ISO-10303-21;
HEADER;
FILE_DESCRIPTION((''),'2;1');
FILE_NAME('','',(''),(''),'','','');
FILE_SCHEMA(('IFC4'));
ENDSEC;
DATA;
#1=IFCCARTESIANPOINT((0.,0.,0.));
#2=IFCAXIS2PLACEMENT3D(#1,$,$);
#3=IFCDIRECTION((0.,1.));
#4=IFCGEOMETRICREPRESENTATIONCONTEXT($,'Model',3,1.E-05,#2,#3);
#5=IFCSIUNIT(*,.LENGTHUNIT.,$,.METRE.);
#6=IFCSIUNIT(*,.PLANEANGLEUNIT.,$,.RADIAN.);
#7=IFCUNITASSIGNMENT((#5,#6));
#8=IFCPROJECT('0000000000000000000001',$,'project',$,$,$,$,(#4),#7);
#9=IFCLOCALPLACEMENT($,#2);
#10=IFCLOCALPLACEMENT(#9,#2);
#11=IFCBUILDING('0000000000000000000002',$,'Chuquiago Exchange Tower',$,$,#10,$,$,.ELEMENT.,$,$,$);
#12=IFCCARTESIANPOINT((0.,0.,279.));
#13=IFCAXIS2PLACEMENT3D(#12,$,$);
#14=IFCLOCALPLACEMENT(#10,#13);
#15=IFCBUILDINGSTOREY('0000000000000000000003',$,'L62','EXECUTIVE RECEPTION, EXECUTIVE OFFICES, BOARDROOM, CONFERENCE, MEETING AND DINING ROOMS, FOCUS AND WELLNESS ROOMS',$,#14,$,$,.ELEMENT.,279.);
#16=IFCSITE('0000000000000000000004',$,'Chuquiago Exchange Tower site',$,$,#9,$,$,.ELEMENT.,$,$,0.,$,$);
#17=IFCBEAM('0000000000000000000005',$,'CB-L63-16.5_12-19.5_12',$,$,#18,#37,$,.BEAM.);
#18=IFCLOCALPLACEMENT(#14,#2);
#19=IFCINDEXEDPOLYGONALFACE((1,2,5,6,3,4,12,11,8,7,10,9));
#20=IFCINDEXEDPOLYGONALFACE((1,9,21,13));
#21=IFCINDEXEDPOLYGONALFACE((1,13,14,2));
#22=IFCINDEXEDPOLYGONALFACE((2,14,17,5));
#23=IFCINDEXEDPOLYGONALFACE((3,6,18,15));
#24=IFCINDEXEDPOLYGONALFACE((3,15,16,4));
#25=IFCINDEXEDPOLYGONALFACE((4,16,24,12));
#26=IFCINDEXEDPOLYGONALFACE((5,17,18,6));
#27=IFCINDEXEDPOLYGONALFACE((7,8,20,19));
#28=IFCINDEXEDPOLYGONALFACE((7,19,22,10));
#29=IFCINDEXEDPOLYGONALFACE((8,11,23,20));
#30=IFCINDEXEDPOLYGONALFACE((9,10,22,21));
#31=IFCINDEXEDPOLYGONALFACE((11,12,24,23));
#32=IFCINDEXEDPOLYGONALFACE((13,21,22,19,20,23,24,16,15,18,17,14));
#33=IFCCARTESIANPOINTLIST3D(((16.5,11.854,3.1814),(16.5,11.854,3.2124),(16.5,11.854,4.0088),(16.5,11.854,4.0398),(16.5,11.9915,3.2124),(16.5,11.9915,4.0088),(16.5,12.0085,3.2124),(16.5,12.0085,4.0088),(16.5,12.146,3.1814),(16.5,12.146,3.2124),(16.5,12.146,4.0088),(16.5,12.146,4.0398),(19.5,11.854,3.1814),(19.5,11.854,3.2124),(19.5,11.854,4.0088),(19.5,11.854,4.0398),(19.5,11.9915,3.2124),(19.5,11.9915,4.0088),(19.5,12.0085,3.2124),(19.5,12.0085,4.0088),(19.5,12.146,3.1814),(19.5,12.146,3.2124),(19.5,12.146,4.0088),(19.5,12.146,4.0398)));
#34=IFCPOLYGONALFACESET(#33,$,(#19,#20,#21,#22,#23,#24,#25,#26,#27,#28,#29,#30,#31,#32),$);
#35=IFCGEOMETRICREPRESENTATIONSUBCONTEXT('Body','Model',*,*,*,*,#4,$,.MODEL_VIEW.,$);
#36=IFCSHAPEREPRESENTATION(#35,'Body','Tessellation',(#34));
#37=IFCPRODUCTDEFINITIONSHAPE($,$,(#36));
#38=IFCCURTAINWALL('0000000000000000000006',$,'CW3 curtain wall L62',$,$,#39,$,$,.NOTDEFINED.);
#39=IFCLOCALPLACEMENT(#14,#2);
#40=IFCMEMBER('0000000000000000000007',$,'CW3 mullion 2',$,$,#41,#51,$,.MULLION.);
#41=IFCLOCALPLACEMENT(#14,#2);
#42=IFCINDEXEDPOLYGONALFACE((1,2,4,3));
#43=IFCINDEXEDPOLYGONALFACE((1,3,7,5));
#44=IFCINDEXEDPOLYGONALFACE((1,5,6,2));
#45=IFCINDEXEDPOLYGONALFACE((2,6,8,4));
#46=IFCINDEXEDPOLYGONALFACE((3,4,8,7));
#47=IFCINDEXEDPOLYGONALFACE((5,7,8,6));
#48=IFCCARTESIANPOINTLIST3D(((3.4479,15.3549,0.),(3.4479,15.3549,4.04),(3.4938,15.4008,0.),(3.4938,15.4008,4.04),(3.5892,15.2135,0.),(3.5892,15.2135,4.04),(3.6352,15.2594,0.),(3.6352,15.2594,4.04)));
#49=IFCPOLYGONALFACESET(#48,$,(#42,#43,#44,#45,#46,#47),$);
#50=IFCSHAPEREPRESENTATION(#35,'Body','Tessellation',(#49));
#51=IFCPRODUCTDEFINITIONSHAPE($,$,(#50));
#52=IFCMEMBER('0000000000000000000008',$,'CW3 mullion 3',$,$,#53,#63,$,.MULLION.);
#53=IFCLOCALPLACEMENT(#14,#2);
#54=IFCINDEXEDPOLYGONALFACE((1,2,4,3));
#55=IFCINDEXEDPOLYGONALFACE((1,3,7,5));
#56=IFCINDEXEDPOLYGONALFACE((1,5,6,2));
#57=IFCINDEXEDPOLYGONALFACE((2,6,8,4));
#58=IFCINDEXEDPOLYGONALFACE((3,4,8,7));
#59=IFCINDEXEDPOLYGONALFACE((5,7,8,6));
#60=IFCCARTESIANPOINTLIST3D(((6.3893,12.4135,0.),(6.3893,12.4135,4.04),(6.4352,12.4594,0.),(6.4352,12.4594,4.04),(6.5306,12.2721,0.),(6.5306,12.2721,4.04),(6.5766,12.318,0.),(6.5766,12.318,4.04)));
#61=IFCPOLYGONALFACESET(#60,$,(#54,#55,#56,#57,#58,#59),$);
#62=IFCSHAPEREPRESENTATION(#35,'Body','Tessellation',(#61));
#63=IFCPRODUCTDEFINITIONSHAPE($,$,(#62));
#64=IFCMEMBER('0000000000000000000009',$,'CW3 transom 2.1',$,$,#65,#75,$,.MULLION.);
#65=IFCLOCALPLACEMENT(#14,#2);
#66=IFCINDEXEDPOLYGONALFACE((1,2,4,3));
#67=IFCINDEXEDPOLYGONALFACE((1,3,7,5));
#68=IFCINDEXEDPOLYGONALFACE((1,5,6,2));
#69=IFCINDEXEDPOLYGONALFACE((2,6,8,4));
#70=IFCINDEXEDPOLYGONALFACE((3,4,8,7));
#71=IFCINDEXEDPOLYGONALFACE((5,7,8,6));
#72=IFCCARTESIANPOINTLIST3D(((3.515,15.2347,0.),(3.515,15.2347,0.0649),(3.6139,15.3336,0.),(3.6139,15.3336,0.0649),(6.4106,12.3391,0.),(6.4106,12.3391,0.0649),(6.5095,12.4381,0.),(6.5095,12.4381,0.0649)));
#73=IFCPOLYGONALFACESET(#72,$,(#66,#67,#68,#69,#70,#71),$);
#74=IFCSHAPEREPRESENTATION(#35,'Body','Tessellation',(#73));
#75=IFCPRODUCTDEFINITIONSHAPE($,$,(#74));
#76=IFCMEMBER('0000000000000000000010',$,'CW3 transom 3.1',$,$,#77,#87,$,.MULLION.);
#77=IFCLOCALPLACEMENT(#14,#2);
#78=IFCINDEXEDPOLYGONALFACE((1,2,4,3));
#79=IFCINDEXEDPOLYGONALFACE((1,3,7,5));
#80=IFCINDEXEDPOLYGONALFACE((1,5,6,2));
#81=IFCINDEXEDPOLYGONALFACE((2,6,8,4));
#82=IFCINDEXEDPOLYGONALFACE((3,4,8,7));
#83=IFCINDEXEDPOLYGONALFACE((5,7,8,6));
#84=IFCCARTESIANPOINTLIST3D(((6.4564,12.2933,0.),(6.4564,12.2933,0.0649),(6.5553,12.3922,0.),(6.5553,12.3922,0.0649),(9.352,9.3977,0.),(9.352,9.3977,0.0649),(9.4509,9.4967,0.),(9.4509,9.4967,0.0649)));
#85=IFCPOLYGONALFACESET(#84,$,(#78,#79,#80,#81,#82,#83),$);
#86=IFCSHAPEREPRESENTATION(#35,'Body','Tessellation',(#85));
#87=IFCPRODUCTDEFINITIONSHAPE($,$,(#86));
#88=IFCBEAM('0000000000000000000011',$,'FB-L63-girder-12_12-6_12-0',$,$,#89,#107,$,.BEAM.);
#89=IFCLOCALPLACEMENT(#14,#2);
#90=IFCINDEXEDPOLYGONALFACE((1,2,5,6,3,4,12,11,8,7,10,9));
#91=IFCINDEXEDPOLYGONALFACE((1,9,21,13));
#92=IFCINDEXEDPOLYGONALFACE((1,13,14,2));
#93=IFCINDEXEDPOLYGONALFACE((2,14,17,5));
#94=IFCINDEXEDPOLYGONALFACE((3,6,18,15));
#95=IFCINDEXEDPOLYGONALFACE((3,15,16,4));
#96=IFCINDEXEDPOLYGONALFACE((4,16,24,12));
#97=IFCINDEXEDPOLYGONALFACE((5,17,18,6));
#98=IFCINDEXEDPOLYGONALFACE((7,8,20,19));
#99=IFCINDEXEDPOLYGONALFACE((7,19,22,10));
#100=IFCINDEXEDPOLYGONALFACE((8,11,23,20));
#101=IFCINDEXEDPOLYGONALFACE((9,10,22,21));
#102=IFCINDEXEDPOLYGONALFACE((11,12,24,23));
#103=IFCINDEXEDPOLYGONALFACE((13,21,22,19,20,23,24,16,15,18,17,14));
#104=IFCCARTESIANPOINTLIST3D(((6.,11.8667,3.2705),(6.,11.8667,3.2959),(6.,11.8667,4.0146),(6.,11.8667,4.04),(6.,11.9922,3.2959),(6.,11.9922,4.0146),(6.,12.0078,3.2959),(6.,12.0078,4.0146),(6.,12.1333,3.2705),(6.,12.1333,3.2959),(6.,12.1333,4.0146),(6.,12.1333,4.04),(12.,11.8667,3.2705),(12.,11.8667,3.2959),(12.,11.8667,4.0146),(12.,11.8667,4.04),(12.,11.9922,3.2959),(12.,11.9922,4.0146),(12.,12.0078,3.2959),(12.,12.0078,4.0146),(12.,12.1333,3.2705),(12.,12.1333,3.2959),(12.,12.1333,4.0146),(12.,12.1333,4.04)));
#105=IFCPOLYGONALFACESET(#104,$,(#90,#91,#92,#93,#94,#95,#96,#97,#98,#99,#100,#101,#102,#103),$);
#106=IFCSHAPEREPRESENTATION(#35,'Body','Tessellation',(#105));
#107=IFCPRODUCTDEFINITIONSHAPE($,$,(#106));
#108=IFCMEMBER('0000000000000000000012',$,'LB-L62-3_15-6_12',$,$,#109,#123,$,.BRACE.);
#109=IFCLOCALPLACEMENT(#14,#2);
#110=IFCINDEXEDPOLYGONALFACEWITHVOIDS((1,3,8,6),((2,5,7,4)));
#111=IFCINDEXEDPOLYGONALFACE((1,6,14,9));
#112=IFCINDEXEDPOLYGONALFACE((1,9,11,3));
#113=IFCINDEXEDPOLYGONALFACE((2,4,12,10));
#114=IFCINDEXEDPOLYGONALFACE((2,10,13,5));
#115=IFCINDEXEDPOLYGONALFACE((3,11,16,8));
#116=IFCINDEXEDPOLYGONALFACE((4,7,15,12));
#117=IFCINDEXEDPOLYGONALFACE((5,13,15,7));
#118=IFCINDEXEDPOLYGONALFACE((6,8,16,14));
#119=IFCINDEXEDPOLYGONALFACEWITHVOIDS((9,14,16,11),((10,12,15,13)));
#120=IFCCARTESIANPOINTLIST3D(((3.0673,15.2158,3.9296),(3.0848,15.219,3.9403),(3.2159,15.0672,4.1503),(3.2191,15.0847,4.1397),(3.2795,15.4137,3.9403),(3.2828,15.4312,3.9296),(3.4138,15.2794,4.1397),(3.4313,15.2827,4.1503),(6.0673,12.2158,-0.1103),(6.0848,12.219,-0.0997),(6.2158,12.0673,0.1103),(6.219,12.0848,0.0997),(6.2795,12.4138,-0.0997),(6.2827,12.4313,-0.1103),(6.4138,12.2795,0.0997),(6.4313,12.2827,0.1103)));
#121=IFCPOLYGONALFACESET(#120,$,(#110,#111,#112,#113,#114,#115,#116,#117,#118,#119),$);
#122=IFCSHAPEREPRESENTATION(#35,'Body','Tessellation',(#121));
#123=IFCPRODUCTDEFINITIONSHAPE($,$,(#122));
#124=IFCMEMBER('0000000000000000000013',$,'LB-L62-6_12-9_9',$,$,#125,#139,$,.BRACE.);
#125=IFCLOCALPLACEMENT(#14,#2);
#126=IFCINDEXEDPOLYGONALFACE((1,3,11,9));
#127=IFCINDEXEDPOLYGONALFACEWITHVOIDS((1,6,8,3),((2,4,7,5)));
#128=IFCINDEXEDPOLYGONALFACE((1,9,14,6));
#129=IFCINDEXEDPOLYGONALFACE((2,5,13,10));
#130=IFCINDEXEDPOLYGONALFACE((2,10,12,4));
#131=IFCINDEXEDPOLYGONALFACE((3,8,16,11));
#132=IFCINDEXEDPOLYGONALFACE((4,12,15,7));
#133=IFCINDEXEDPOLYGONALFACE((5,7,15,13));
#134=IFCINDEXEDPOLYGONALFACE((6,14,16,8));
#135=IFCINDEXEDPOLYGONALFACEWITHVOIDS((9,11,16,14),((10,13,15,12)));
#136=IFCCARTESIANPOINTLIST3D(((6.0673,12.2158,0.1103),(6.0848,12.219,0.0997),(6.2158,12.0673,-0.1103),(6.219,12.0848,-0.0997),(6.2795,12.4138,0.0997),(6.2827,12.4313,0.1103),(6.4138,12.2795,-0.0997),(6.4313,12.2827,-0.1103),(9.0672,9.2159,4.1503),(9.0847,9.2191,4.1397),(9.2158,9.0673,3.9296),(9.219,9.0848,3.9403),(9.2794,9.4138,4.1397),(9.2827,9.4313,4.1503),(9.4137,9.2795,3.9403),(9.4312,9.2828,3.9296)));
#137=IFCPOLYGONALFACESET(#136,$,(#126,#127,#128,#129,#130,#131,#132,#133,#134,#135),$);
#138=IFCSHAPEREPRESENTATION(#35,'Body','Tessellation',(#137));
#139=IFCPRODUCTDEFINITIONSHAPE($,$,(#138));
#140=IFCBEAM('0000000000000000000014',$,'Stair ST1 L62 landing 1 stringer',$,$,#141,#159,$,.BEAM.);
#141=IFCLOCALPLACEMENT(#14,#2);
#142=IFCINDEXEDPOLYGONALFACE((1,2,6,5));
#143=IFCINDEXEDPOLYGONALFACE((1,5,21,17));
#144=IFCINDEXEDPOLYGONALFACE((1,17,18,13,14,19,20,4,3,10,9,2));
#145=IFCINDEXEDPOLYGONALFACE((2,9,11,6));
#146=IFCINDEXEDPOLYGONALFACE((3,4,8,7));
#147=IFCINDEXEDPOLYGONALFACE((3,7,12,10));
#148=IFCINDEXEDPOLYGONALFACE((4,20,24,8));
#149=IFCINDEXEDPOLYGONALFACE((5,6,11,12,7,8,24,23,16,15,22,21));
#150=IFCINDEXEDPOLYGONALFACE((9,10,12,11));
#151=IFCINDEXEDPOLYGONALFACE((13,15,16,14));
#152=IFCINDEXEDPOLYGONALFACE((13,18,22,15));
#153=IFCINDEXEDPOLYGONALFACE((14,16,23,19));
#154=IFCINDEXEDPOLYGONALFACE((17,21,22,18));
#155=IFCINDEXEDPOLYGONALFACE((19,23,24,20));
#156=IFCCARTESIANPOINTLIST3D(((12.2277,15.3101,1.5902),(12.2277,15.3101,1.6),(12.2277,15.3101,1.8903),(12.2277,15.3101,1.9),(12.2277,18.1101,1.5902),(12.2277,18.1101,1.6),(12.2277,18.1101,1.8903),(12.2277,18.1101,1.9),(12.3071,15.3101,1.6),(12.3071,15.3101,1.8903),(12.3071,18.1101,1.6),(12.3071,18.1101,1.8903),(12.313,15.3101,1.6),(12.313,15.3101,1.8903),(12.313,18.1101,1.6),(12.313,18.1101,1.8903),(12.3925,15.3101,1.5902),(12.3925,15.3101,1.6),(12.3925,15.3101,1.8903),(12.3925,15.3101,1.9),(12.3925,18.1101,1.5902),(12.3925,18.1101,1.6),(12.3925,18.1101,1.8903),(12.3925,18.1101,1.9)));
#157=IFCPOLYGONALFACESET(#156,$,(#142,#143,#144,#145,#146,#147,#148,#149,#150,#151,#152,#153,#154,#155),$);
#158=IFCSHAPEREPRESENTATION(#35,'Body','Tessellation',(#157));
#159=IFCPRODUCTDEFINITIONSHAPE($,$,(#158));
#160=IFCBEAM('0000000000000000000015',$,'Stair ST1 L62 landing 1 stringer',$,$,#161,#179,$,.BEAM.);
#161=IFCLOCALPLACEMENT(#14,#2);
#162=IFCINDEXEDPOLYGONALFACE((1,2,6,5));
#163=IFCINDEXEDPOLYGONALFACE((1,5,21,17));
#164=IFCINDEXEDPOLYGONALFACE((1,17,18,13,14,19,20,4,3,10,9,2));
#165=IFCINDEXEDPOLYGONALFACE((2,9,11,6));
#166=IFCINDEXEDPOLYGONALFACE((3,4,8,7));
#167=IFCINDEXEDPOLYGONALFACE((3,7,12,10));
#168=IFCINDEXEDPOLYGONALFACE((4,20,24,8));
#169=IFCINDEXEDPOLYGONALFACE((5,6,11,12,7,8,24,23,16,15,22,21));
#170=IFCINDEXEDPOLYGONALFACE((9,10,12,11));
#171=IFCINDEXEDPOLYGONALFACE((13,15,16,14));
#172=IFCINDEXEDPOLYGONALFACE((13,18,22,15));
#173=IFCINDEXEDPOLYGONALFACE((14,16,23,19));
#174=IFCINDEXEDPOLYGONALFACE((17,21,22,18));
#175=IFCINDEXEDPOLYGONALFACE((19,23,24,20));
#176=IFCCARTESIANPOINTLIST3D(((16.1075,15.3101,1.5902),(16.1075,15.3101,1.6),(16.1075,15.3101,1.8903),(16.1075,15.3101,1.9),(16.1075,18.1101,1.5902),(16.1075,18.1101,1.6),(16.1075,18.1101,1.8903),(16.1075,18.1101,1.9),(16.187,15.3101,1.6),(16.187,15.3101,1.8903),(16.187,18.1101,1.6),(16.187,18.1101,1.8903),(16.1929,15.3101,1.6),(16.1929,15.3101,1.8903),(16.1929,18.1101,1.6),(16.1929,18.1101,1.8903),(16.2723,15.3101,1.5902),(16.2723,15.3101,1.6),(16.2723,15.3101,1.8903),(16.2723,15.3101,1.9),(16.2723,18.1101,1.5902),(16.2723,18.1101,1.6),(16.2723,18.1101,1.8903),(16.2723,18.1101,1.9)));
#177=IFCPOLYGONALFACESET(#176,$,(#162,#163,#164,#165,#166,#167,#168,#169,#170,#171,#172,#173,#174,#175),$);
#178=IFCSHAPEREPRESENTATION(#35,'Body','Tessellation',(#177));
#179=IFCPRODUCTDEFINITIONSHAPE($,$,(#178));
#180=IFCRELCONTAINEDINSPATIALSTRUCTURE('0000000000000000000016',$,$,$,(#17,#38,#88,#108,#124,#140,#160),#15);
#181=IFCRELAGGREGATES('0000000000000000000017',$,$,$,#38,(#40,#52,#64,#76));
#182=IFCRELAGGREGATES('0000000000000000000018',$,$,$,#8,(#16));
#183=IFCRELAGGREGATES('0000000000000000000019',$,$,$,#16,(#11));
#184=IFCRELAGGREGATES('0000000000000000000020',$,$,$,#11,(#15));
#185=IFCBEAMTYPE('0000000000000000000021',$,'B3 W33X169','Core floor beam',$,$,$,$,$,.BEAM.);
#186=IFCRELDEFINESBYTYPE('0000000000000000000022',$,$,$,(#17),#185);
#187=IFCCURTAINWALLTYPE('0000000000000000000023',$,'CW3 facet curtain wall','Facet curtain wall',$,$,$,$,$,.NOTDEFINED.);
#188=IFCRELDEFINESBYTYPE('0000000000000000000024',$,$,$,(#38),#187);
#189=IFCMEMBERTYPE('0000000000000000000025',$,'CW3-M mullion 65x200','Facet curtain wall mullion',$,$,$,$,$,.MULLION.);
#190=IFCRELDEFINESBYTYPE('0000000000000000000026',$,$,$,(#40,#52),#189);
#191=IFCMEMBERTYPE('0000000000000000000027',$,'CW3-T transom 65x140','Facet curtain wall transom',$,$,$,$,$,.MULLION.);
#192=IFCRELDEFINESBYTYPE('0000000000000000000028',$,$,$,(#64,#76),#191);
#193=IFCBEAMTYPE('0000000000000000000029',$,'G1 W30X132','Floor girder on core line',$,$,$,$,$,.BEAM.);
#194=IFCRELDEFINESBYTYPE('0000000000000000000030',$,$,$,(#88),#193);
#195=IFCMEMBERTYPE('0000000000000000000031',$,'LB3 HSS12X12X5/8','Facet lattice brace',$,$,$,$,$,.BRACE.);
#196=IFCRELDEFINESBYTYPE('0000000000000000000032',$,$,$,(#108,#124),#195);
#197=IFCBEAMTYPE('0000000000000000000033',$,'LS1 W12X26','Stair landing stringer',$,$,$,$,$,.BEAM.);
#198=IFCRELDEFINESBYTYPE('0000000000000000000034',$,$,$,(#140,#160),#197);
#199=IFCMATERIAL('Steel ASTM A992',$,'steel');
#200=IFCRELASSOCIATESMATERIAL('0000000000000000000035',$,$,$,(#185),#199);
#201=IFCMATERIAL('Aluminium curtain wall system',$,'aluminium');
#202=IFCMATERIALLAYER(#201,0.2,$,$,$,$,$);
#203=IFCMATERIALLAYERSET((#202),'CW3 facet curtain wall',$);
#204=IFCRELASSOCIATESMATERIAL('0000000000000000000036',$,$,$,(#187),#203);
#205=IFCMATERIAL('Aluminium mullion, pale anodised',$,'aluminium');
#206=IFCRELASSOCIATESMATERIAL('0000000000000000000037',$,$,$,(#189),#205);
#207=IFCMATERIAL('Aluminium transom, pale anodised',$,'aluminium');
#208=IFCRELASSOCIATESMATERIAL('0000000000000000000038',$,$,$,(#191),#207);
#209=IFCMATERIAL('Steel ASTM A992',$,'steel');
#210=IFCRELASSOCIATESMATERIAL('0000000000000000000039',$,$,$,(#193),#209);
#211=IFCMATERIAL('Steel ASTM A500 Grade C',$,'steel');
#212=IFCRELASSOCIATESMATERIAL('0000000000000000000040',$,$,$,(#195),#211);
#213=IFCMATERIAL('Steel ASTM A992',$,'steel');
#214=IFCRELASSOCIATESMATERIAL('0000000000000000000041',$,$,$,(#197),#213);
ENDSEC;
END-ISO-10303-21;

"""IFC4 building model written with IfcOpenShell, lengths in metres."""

from ifc_helpers import new_model, si_unit, direction, frame, origin, origin_2d, place, context, subcontext, project, spatial, rectangle, hollow_rectangle, i_section, extrude, material, layer, layer_set, material_profile, profile_set, type_object, element, aggregate, save


model = new_model("IFC4")

# Units and contexts
model_context = context("Model", 3, precision=1e-05, world=origin(), true_north=direction((0.0, 1.0)))
body_context = subcontext(model_context, "Body", "Model", "MODEL_VIEW")
ifc_project = project(units=[si_unit("LENGTHUNIT", "METRE"), si_unit("PLANEANGLEUNIT", "RADIAN")], contexts=[model_context])

# Site, building, storey
site_placement = place(None, origin())
site = spatial("IfcSite", under=ifc_project, at=site_placement, Name="Chuquiago Exchange Tower site", CompositionType="ELEMENT", RefElevation=0.0)
building_placement = place(site_placement, origin())
building = spatial("IfcBuilding", under=site, at=building_placement, Name="Chuquiago Exchange Tower", CompositionType="ELEMENT")
storey_placement = place(building_placement, frame((0.0, 0.0, 279.0)))
storey = spatial("IfcBuildingStorey", under=building, at=storey_placement, Name="L62", Description="EXECUTIVE RECEPTION, EXECUTIVE OFFICES, BOARDROOM, CONFERENCE, MEETING AND DINING ROOMS, FOCUS AND WELLNESS ROOMS", CompositionType="ELEMENT", Elevation=279.0)

# Beam
ifc_material_1 = material(Name="Steel ASTM A992", Category="steel")
ifc_material_profile_1 = material_profile(ifc_material_1, i_section(OverallWidth=0.292, OverallDepth=0.8584, WebThickness=0.0171, FlangeThickness=0.031, at=origin_2d()), Name="W33X169")
ifc_profile_set_1 = profile_set([ifc_material_profile_1], Name="Steel ASTM A992")
beam_type_1 = type_object("IfcBeamType", Name="B3 W33X169", Description="Core floor beam", PredefinedType="BEAM", material=ifc_profile_set_1)
beam_1_placement = place(storey_placement, frame((16.5, 12.0, 3.6106), z_axis=(1.0, 0.0, 0.0), x_axis=(0.0, 1.0, 0.0)))
element("IfcBeam", 1, at=beam_1_placement, inside=storey, type_object=beam_type_1, Name="CB-L63-16.5_12-19.5_12", PredefinedType="BEAM", context=body_context, shape_type="SweptSolid", body=[
    extrude(i_section(OverallWidth=0.292, OverallDepth=0.8584, WebThickness=0.0171, FlangeThickness=0.031, at=origin_2d()), origin(), (0.0, 0.0, 1.0), 3.0),
])

# Curtain wall, members
ifc_material_2 = material(Name="Aluminium curtain wall system", Category="aluminium")
ifc_layer_1 = layer(ifc_material_2, 0.2)
ifc_layer_set_1 = layer_set([ifc_layer_1], Name="CW3 facet curtain wall")
curtain_wall_type = type_object("IfcCurtainWallType", Name="CW3 facet curtain wall", Description="Facet curtain wall", PredefinedType="NOTDEFINED", material=ifc_layer_set_1)
curtain_wall_placement = place(storey_placement, origin())
curtain_wall = element("IfcCurtainWall", 2, at=curtain_wall_placement, inside=storey, type_object=curtain_wall_type, Name="CW3 curtain wall L62", PredefinedType="NOTDEFINED")
ifc_material_3 = material(Name="Aluminium mullion, pale anodised", Category="aluminium")
ifc_material_profile_2 = material_profile(ifc_material_3, rectangle(XDim=0.0649, YDim=0.2, at=origin_2d()), Name="AL 65x200")
ifc_profile_set_2 = profile_set([ifc_material_profile_2], Name="Aluminium mullion, pale anodised")
member_type_1 = type_object("IfcMemberType", Name="CW3-M mullion 65x200", Description="Facet curtain wall mullion", PredefinedType="MULLION", material=ifc_profile_set_2)
member_1_placement = place(storey_placement, frame((3.5415, 15.3071, 0.0), z_axis=(0.0, 0.0, 1.0), x_axis=(0.707107, 0.707107, 0.0)))
member_1 = element("IfcMember", 3, at=member_1_placement, type_object=member_type_1, Name="CW3 mullion 2", PredefinedType="MULLION", context=body_context, shape_type="SweptSolid", body=[
    extrude(rectangle(XDim=0.0649, YDim=0.2, at=origin_2d()), origin(), (0.0, 0.0, 1.0), 4.04),
])
member_2_placement = place(storey_placement, frame((6.4829, 12.3657, 0.0), z_axis=(0.0, 0.0, 1.0), x_axis=(0.707107, 0.707107, 0.0)))
member_2 = element("IfcMember", 4, at=member_2_placement, type_object=member_type_1, Name="CW3 mullion 3", PredefinedType="MULLION", context=body_context, shape_type="SweptSolid", body=[
    extrude(rectangle(XDim=0.0649, YDim=0.2, at=origin_2d()), origin(), (0.0, 0.0, 1.0), 4.04),
])
ifc_material_4 = material(Name="Aluminium transom, pale anodised", Category="aluminium")
ifc_material_profile_3 = material_profile(ifc_material_4, rectangle(XDim=0.1399, YDim=0.0649, at=origin_2d()), Name="AL 140x65")
ifc_profile_set_3 = profile_set([ifc_material_profile_3], Name="Aluminium transom, pale anodised")
member_type_2 = type_object("IfcMemberType", Name="CW3-T transom 65x140", Description="Facet curtain wall transom", PredefinedType="MULLION", material=ifc_profile_set_3)
member_3_placement = place(storey_placement, frame((3.5645, 15.2842, 0.0325), z_axis=(0.707107, -0.707107, 0.0), x_axis=(0.707107, 0.707107, 0.0)))
member_3 = element("IfcMember", 5, at=member_3_placement, type_object=member_type_2, Name="CW3 transom 2.1", PredefinedType="MULLION", context=body_context, shape_type="SweptSolid", body=[
    extrude(rectangle(XDim=0.1399, YDim=0.0649, at=origin_2d()), origin(), (0.0, 0.0, 1.0), 4.095),
])
member_4_placement = place(storey_placement, frame((6.5059, 12.3428, 0.0325), z_axis=(0.707107, -0.707107, 0.0), x_axis=(0.707107, 0.707107, 0.0)))
member_4 = element("IfcMember", 6, at=member_4_placement, type_object=member_type_2, Name="CW3 transom 3.1", PredefinedType="MULLION", context=body_context, shape_type="SweptSolid", body=[
    extrude(rectangle(XDim=0.1399, YDim=0.0649, at=origin_2d()), origin(), (0.0, 0.0, 1.0), 4.095),
])

# Beam
ifc_material_5 = material(Name="Steel ASTM A992", Category="steel")
ifc_material_profile_4 = material_profile(ifc_material_5, i_section(OverallWidth=0.2666, OverallDepth=0.7695, WebThickness=0.0156, FlangeThickness=0.0254, at=origin_2d()), Name="W30X132")
ifc_profile_set_4 = profile_set([ifc_material_profile_4], Name="Steel ASTM A992")
beam_type_2 = type_object("IfcBeamType", Name="G1 W30X132", Description="Floor girder on core line", PredefinedType="BEAM", material=ifc_profile_set_4)
beam_2_placement = place(storey_placement, frame((12.0, 12.0, 3.6553), z_axis=(-1.0, 0.0, 0.0), x_axis=(0.0, -1.0, 0.0)))
element("IfcBeam", 7, at=beam_2_placement, inside=storey, type_object=beam_type_2, Name="FB-L63-girder-12_12-6_12-0", PredefinedType="BEAM", context=body_context, shape_type="SweptSolid", body=[
    extrude(i_section(OverallWidth=0.2666, OverallDepth=0.7695, WebThickness=0.0156, FlangeThickness=0.0254, at=origin_2d()), origin(), (0.0, 0.0, 1.0), 6.0),
])

# Members
ifc_material_6 = material(Name="Steel ASTM A500 Grade C", Category="steel")
ifc_material_profile_5 = material_profile(ifc_material_6, hollow_rectangle(XDim=0.3047, YDim=0.3047, WallThickness=0.0146, at=origin_2d()), Name="HSS12X12X5/8")
ifc_profile_set_5 = profile_set([ifc_material_profile_5], Name="Steel ASTM A500 Grade C")
member_type_3 = type_object("IfcMemberType", Name="LB3 HSS12X12X5/8", Description="Facet lattice brace", PredefinedType="BRACE", material=ifc_profile_set_5)
for number, where, z_axis, x_axis, name in (
    (8, (6.2493, 12.2493, 0.0), (-0.512077, 0.512077, 0.689604), (-0.707107, -0.707107, 0.0), "LB-L62-3_15-6_12"),
    (9, (6.2493, 12.2493, 0.0), (0.512077, -0.512077, 0.689604), (0.707107, 0.707107, 0.0), "LB-L62-6_12-9_9"),
):
    element("IfcMember", number, at=place(storey_placement, frame(where, z_axis=z_axis, x_axis=x_axis)), inside=storey, type_object=member_type_3, Name=name, PredefinedType="BRACE", context=body_context, shape_type="SweptSolid", body=[
        extrude(hollow_rectangle(XDim=0.3047, YDim=0.3047, WallThickness=0.0146, at=origin_2d()), origin(), (0.0, 0.0, 1.0), 5.8584),
    ])

# Beams
ifc_material_7 = material(Name="Steel ASTM A992", Category="steel")
ifc_material_profile_6 = material_profile(ifc_material_7, i_section(OverallWidth=0.1648, OverallDepth=0.3098, WebThickness=0.0059, FlangeThickness=0.0098, at=origin_2d()), Name="W12X26")
ifc_profile_set_6 = profile_set([ifc_material_profile_6], Name="Steel ASTM A992")
beam_type_3 = type_object("IfcBeamType", Name="LS1 W12X26", Description="Stair landing stringer", PredefinedType="BEAM", material=ifc_profile_set_6)
for number, where, z_axis, x_axis, name in (
    (10, (12.3101, 15.3101, 1.7451), (0.0, 1.0, 0.0), (-1.0, 0.0, 0.0), "Stair ST1 L62 landing 1 stringer"),
    (11, (16.1899, 15.3101, 1.7451), (0.0, 1.0, 0.0), (-1.0, 0.0, 0.0), "Stair ST1 L62 landing 1 stringer"),
):
    element("IfcBeam", number, at=place(storey_placement, frame(where, z_axis=z_axis, x_axis=x_axis)), inside=storey, type_object=beam_type_3, Name=name, PredefinedType="BEAM", context=body_context, shape_type="SweptSolid", body=[
        extrude(i_section(OverallWidth=0.1648, OverallDepth=0.3098, WebThickness=0.0059, FlangeThickness=0.0098, at=origin_2d()), origin(), (0.0, 0.0, 1.0), 2.8),
    ])

aggregate(curtain_wall, [member_1, member_2, member_3, member_4])

save(model, "model.ifc")
